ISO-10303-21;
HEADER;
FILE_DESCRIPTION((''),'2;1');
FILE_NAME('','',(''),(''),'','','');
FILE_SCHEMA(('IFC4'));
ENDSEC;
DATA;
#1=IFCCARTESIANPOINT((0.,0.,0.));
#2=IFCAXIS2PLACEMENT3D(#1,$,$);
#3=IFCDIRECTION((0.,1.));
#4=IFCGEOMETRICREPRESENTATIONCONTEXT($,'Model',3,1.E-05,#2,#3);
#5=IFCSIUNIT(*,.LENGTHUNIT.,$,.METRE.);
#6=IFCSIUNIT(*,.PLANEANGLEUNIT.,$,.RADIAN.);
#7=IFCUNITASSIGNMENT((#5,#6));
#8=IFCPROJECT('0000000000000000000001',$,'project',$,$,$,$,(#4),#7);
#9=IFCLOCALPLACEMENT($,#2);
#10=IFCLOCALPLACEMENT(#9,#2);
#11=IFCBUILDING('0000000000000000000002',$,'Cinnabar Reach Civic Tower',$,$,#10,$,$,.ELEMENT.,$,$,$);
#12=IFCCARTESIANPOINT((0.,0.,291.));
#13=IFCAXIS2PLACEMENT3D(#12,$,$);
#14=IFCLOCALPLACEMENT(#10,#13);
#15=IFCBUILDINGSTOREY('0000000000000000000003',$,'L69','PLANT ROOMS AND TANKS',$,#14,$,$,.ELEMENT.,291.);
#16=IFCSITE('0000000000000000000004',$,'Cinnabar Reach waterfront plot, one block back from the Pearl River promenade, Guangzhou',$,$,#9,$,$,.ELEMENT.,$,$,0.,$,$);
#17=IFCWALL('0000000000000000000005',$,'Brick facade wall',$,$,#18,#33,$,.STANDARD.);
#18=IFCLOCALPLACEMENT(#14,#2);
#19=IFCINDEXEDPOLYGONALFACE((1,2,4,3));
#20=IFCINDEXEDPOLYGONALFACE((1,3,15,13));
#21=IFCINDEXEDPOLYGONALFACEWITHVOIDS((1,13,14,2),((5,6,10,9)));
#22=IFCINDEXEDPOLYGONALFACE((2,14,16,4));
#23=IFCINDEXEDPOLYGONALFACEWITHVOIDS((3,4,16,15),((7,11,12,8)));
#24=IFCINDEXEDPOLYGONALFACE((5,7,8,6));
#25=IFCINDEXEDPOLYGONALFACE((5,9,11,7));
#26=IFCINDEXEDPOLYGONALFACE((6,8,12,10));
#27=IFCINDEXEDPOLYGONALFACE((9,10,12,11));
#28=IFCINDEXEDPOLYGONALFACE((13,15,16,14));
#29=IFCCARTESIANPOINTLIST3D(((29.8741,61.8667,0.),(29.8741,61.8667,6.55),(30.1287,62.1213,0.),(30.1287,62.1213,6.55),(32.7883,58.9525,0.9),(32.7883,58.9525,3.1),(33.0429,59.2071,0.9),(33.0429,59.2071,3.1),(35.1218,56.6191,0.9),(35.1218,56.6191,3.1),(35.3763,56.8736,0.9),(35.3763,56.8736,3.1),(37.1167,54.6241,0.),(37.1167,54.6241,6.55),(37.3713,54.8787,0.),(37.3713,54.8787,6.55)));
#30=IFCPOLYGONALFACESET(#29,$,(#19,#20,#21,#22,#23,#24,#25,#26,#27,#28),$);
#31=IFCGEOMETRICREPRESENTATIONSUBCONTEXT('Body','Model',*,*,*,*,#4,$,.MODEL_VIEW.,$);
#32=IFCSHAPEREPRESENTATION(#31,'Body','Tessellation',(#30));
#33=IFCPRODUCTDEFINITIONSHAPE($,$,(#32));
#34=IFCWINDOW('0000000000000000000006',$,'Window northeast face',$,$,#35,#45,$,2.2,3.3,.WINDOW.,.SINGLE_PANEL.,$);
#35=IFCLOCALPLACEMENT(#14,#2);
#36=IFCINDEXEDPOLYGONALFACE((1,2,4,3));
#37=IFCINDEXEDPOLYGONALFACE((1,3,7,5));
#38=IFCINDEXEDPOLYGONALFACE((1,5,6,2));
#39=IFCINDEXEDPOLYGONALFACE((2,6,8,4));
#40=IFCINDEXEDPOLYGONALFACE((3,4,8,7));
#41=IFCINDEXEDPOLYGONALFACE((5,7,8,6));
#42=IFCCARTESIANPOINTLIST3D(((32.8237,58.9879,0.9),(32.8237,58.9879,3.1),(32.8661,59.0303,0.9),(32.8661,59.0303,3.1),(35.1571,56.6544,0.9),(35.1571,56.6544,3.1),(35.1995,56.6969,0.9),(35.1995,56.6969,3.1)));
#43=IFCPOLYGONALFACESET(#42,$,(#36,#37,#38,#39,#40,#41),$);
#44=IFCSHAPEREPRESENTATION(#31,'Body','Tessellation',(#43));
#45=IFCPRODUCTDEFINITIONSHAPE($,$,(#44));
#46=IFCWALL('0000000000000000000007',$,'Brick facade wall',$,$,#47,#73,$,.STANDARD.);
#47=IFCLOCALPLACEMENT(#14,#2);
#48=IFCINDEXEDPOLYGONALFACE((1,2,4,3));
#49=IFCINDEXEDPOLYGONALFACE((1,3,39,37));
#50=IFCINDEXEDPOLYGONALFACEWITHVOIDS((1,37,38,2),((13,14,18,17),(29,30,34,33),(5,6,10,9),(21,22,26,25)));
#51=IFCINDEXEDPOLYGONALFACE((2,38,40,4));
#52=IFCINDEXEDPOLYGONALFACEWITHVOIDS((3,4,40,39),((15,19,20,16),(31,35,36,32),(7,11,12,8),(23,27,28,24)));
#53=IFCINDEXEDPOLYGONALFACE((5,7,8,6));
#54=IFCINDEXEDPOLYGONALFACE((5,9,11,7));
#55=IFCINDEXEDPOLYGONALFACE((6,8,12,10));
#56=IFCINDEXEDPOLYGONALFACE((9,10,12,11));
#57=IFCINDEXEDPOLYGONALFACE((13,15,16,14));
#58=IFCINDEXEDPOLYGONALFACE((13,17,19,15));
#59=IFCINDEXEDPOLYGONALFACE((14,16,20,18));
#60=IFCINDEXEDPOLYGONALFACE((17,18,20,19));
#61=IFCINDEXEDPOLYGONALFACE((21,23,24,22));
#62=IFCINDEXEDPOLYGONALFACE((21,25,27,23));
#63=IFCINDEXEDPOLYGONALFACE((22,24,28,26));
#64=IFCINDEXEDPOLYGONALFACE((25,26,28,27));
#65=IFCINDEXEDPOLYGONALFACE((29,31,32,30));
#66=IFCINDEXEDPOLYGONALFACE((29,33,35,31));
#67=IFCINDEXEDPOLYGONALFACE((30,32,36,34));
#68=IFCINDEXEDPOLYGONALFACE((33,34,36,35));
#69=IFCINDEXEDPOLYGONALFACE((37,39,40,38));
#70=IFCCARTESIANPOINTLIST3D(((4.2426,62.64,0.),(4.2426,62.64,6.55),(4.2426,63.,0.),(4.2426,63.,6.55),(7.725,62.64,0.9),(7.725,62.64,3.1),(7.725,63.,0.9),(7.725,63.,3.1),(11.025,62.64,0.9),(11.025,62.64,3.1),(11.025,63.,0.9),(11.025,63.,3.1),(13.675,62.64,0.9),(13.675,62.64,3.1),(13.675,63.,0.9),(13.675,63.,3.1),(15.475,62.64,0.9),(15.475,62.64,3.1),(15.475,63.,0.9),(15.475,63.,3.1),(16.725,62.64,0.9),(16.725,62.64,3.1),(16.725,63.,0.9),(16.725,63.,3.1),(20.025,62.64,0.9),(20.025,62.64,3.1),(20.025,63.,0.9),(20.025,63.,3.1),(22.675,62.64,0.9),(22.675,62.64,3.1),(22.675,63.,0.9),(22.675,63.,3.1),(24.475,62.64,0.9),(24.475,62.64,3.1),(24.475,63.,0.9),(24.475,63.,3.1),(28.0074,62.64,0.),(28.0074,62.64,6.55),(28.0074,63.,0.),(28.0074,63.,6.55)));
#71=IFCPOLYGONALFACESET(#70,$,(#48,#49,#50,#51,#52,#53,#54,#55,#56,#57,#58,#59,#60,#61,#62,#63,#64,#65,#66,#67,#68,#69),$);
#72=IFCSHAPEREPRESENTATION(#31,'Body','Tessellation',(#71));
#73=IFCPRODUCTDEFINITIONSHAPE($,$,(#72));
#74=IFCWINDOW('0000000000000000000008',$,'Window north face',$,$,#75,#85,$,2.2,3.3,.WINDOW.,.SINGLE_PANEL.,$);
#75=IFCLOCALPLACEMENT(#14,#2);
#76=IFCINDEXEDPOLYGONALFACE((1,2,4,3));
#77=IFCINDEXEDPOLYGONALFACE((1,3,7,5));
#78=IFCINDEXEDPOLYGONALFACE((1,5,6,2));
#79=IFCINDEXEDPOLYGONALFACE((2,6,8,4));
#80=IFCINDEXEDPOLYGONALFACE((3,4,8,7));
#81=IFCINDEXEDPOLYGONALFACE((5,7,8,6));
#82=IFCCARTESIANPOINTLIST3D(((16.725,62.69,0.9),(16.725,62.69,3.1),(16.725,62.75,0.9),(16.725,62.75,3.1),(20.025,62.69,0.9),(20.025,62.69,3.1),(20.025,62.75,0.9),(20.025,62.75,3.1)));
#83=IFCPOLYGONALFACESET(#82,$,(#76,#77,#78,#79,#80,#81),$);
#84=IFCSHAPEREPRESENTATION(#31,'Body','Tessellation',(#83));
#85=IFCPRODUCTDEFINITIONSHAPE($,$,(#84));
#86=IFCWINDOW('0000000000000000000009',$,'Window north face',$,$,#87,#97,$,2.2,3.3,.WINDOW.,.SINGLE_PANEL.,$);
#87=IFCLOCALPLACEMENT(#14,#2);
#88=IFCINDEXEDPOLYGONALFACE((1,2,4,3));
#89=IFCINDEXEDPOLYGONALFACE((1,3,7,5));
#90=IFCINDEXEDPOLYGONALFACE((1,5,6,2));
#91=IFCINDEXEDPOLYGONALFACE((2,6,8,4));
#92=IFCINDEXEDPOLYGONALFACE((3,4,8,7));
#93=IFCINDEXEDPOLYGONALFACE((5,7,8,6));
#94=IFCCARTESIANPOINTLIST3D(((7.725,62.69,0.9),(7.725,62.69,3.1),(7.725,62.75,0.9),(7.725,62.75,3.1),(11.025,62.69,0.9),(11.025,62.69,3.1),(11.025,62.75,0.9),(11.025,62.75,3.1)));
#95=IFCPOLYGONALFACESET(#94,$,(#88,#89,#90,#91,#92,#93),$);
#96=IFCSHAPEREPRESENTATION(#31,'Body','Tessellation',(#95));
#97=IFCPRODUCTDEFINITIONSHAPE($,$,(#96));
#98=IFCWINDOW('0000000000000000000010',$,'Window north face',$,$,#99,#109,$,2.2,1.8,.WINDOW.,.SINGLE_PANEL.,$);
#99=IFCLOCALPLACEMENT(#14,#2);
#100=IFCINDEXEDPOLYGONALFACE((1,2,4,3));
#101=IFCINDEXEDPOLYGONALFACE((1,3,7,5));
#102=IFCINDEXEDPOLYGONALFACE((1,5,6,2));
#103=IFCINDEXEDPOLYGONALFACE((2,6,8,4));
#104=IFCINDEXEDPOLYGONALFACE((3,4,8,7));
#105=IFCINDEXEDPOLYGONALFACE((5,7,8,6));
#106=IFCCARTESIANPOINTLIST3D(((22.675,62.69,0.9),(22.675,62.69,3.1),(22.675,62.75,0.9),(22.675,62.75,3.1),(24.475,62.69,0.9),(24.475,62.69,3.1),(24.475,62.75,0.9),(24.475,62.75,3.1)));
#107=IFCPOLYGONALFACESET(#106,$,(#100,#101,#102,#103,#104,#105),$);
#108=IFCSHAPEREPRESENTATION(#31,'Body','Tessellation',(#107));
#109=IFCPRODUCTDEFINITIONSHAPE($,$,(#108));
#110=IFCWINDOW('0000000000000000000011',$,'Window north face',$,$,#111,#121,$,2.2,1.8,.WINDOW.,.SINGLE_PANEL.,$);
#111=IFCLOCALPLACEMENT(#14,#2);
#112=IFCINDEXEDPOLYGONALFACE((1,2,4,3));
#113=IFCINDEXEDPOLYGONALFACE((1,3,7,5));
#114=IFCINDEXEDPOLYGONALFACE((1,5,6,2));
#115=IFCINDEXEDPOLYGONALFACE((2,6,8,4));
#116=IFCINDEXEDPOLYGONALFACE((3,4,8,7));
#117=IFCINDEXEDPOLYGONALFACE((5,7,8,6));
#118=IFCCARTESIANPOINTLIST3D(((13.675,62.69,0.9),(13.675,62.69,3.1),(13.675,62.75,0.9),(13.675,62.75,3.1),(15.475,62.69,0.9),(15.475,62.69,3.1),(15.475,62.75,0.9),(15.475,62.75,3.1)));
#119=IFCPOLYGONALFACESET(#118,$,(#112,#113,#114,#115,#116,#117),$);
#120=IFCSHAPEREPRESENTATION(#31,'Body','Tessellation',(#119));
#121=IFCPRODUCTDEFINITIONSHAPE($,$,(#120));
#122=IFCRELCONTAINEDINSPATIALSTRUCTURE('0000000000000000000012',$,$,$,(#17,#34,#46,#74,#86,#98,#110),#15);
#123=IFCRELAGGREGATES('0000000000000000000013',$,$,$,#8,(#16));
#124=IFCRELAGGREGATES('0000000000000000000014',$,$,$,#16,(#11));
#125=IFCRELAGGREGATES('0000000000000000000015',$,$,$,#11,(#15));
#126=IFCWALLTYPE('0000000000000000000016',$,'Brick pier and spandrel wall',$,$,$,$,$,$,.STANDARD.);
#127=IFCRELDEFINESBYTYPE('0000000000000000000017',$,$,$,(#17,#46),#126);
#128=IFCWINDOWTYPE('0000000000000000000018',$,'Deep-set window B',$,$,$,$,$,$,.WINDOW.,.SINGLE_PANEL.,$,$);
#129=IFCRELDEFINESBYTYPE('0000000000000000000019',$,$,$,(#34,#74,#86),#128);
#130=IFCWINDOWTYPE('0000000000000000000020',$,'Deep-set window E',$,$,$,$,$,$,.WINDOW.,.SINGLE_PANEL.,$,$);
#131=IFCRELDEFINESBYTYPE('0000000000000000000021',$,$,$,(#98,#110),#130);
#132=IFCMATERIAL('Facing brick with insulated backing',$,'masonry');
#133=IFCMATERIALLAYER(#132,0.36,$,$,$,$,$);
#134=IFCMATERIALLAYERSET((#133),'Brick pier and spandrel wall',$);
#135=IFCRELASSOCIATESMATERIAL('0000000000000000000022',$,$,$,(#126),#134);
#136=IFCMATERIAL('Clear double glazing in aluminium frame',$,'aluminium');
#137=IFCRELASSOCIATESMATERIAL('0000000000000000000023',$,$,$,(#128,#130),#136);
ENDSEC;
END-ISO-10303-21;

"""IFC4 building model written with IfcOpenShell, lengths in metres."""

from ifc_helpers import new_model, si_unit, direction, frame, frame_2d, origin, place, context, subcontext, project, spatial, rectangle, extrude, material, layer, layer_set, type_object, element, fill, save


model = new_model("IFC4")

# Units and contexts
model_context = context("Model", 3, precision=1e-05, world=origin(), true_north=direction((0.0, 1.0)))
body_context = subcontext(model_context, "Body", "Model", "MODEL_VIEW")
ifc_project = project(units=[si_unit("LENGTHUNIT", "METRE"), si_unit("PLANEANGLEUNIT", "RADIAN")], contexts=[model_context])

# Site, building, storey
site_placement = place(None, origin())
site = spatial("IfcSite", under=ifc_project, at=site_placement, Name="Cinnabar Reach waterfront plot, one block back from the Pearl River promenade, Guangzhou", CompositionType="ELEMENT", RefElevation=0.0)
building_placement = place(site_placement, origin())
building = spatial("IfcBuilding", under=site, at=building_placement, Name="Cinnabar Reach Civic Tower", CompositionType="ELEMENT")
storey_placement = place(building_placement, frame((0.0, 0.0, 291.0)))
storey = spatial("IfcBuildingStorey", under=building, at=storey_placement, Name="L69", Description="PLANT ROOMS AND TANKS", CompositionType="ELEMENT", Elevation=291.0)

# Shared definitions
ifc_material_1 = material(Name="Facing brick with insulated backing", Category="masonry")

# Wall, opening, window
ifc_layer_1 = layer(ifc_material_1, 0.36)
ifc_layer_set_1 = layer_set([ifc_layer_1], Name="Brick pier and spandrel wall")
wall_type_1 = type_object("IfcWallType", Name="Brick pier and spandrel wall", PredefinedType="STANDARD", material=ifc_layer_set_1)
wall_1_placement = place(storey_placement, frame((37.244, 54.7514, 0.0), z_axis=(0.0, 0.0, 1.0), x_axis=(-0.707107, 0.707107, 0.0)))
wall_1 = element("IfcWall", 1, at=wall_1_placement, inside=storey, type_object=wall_type_1, Name="Brick facade wall", PredefinedType="STANDARD", context=body_context, shape_type="SweptSolid", body=[
    extrude(rectangle(XDim=10.2426, YDim=0.36, at=frame_2d((5.1213, 0.0))), origin(), (0.0, 0.0, 1.0), 6.55),
])
opening_1_placement = place(wall_1_placement, frame((2.8213, 0.0, 0.9)))
opening_1 = element("IfcOpeningElement", 2, at=opening_1_placement, cuts=wall_1, PredefinedType="OPENING", context=body_context, shape_type="SweptSolid", body=[
    extrude(rectangle(XDim=3.3, YDim=2.2, at=frame_2d((1.65, 1.1))), frame((0.0, 0.19, 0.0), z_axis=(0.0, -1.0, 0.0), x_axis=(1.0, 0.0, 0.0)), (0.0, 0.0, 1.0), 0.38),
])
ifc_material_2 = material(Name="Clear double glazing in aluminium frame", Category="aluminium")
window_type_1 = type_object("IfcWindowType", Name="Deep-set window B", PartitioningType="SINGLE_PANEL", PredefinedType="WINDOW", material=ifc_material_2)
window_1_placement = place(opening_1_placement, origin())
window_1 = element("IfcWindow", 3, at=window_1_placement, inside=storey, type_object=window_type_1, Name="Window northeast face", OverallHeight=2.2, OverallWidth=3.3, PartitioningType="SINGLE_PANEL", PredefinedType="WINDOW", context=body_context, shape_type="SweptSolid", body=[
    extrude(rectangle(XDim=3.3, YDim=2.2, at=frame_2d((1.65, 1.1))), frame((0.0, 0.13, 0.0), z_axis=(0.0, -1.0, 0.0), x_axis=(1.0, 0.0, 0.0)), (0.0, 0.0, 1.0), 0.06),
])
fill(opening_1, window_1)

# Wall, openings, windows
wall_2_placement = place(storey_placement, frame((28.0074, 62.82, 0.0), z_axis=(0.0, 0.0, 1.0), x_axis=(-1.0, 0.0, 0.0)))
wall_2 = element("IfcWall", 4, at=wall_2_placement, inside=storey, type_object=wall_type_1, Name="Brick facade wall", PredefinedType="STANDARD", context=body_context, shape_type="SweptSolid", body=[
    extrude(rectangle(XDim=23.7648, YDim=0.36, at=frame_2d((11.8824, 0.0))), origin(), (0.0, 0.0, 1.0), 6.55),
])
opening_2_placement = place(wall_2_placement, frame((3.5324, 0.0, 0.9)))
opening_2 = element("IfcOpeningElement", 5, at=opening_2_placement, cuts=wall_2, PredefinedType="OPENING", context=body_context, shape_type="SweptSolid", body=[
    extrude(rectangle(XDim=1.8, YDim=2.2, at=frame_2d((0.9, 1.1))), frame((0.0, 0.19, 0.0), z_axis=(0.0, -1.0, 0.0), x_axis=(1.0, 0.0, 0.0)), (0.0, 0.0, 1.0), 0.38),
])
opening_3_placement = place(wall_2_placement, frame((7.9824, 0.0, 0.9)))
opening_3 = element("IfcOpeningElement", 6, at=opening_3_placement, cuts=wall_2, PredefinedType="OPENING", context=body_context, shape_type="SweptSolid", body=[
    extrude(rectangle(XDim=3.3, YDim=2.2, at=frame_2d((1.65, 1.1))), frame((0.0, 0.19, 0.0), z_axis=(0.0, -1.0, 0.0), x_axis=(1.0, 0.0, 0.0)), (0.0, 0.0, 1.0), 0.38),
])
opening_4_placement = place(wall_2_placement, frame((12.5324, 0.0, 0.9)))
opening_4 = element("IfcOpeningElement", 7, at=opening_4_placement, cuts=wall_2, PredefinedType="OPENING", context=body_context, shape_type="SweptSolid", body=[
    extrude(rectangle(XDim=1.8, YDim=2.2, at=frame_2d((0.9, 1.1))), frame((0.0, 0.19, 0.0), z_axis=(0.0, -1.0, 0.0), x_axis=(1.0, 0.0, 0.0)), (0.0, 0.0, 1.0), 0.38),
])
opening_5_placement = place(wall_2_placement, frame((16.9824, 0.0, 0.9)))
opening_5 = element("IfcOpeningElement", 8, at=opening_5_placement, cuts=wall_2, PredefinedType="OPENING", context=body_context, shape_type="SweptSolid", body=[
    extrude(rectangle(XDim=3.3, YDim=2.2, at=frame_2d((1.65, 1.1))), frame((0.0, 0.19, 0.0), z_axis=(0.0, -1.0, 0.0), x_axis=(1.0, 0.0, 0.0)), (0.0, 0.0, 1.0), 0.38),
])
window_2_placement = place(opening_3_placement, origin())
window_2 = element("IfcWindow", 9, at=window_2_placement, inside=storey, type_object=window_type_1, Name="Window north face", OverallHeight=2.2, OverallWidth=3.3, PartitioningType="SINGLE_PANEL", PredefinedType="WINDOW", context=body_context, shape_type="SweptSolid", body=[
    extrude(rectangle(XDim=3.3, YDim=2.2, at=frame_2d((1.65, 1.1))), frame((0.0, 0.13, 0.0), z_axis=(0.0, -1.0, 0.0), x_axis=(1.0, 0.0, 0.0)), (0.0, 0.0, 1.0), 0.06),
])
fill(opening_3, window_2)
window_3_placement = place(opening_5_placement, origin())
window_3 = element("IfcWindow", 10, at=window_3_placement, inside=storey, type_object=window_type_1, Name="Window north face", OverallHeight=2.2, OverallWidth=3.3, PartitioningType="SINGLE_PANEL", PredefinedType="WINDOW", context=body_context, shape_type="SweptSolid", body=[
    extrude(rectangle(XDim=3.3, YDim=2.2, at=frame_2d((1.65, 1.1))), frame((0.0, 0.13, 0.0), z_axis=(0.0, -1.0, 0.0), x_axis=(1.0, 0.0, 0.0)), (0.0, 0.0, 1.0), 0.06),
])
fill(opening_5, window_3)
window_type_2 = type_object("IfcWindowType", Name="Deep-set window E", PartitioningType="SINGLE_PANEL", PredefinedType="WINDOW", material=ifc_material_2)
window_4_placement = place(opening_2_placement, origin())
window_4 = element("IfcWindow", 11, at=window_4_placement, inside=storey, type_object=window_type_2, Name="Window north face", OverallHeight=2.2, OverallWidth=1.8, PartitioningType="SINGLE_PANEL", PredefinedType="WINDOW", context=body_context, shape_type="SweptSolid", body=[
    extrude(rectangle(XDim=1.8, YDim=2.2, at=frame_2d((0.9, 1.1))), frame((0.0, 0.13, 0.0), z_axis=(0.0, -1.0, 0.0), x_axis=(1.0, 0.0, 0.0)), (0.0, 0.0, 1.0), 0.06),
])
fill(opening_2, window_4)
window_5_placement = place(opening_4_placement, origin())
window_5 = element("IfcWindow", 12, at=window_5_placement, inside=storey, type_object=window_type_2, Name="Window north face", OverallHeight=2.2, OverallWidth=1.8, PartitioningType="SINGLE_PANEL", PredefinedType="WINDOW", context=body_context, shape_type="SweptSolid", body=[
    extrude(rectangle(XDim=1.8, YDim=2.2, at=frame_2d((0.9, 1.1))), frame((0.0, 0.13, 0.0), z_axis=(0.0, -1.0, 0.0), x_axis=(1.0, 0.0, 0.0)), (0.0, 0.0, 1.0), 0.06),
])
fill(opening_4, window_5)

save(model, "model.ifc")
